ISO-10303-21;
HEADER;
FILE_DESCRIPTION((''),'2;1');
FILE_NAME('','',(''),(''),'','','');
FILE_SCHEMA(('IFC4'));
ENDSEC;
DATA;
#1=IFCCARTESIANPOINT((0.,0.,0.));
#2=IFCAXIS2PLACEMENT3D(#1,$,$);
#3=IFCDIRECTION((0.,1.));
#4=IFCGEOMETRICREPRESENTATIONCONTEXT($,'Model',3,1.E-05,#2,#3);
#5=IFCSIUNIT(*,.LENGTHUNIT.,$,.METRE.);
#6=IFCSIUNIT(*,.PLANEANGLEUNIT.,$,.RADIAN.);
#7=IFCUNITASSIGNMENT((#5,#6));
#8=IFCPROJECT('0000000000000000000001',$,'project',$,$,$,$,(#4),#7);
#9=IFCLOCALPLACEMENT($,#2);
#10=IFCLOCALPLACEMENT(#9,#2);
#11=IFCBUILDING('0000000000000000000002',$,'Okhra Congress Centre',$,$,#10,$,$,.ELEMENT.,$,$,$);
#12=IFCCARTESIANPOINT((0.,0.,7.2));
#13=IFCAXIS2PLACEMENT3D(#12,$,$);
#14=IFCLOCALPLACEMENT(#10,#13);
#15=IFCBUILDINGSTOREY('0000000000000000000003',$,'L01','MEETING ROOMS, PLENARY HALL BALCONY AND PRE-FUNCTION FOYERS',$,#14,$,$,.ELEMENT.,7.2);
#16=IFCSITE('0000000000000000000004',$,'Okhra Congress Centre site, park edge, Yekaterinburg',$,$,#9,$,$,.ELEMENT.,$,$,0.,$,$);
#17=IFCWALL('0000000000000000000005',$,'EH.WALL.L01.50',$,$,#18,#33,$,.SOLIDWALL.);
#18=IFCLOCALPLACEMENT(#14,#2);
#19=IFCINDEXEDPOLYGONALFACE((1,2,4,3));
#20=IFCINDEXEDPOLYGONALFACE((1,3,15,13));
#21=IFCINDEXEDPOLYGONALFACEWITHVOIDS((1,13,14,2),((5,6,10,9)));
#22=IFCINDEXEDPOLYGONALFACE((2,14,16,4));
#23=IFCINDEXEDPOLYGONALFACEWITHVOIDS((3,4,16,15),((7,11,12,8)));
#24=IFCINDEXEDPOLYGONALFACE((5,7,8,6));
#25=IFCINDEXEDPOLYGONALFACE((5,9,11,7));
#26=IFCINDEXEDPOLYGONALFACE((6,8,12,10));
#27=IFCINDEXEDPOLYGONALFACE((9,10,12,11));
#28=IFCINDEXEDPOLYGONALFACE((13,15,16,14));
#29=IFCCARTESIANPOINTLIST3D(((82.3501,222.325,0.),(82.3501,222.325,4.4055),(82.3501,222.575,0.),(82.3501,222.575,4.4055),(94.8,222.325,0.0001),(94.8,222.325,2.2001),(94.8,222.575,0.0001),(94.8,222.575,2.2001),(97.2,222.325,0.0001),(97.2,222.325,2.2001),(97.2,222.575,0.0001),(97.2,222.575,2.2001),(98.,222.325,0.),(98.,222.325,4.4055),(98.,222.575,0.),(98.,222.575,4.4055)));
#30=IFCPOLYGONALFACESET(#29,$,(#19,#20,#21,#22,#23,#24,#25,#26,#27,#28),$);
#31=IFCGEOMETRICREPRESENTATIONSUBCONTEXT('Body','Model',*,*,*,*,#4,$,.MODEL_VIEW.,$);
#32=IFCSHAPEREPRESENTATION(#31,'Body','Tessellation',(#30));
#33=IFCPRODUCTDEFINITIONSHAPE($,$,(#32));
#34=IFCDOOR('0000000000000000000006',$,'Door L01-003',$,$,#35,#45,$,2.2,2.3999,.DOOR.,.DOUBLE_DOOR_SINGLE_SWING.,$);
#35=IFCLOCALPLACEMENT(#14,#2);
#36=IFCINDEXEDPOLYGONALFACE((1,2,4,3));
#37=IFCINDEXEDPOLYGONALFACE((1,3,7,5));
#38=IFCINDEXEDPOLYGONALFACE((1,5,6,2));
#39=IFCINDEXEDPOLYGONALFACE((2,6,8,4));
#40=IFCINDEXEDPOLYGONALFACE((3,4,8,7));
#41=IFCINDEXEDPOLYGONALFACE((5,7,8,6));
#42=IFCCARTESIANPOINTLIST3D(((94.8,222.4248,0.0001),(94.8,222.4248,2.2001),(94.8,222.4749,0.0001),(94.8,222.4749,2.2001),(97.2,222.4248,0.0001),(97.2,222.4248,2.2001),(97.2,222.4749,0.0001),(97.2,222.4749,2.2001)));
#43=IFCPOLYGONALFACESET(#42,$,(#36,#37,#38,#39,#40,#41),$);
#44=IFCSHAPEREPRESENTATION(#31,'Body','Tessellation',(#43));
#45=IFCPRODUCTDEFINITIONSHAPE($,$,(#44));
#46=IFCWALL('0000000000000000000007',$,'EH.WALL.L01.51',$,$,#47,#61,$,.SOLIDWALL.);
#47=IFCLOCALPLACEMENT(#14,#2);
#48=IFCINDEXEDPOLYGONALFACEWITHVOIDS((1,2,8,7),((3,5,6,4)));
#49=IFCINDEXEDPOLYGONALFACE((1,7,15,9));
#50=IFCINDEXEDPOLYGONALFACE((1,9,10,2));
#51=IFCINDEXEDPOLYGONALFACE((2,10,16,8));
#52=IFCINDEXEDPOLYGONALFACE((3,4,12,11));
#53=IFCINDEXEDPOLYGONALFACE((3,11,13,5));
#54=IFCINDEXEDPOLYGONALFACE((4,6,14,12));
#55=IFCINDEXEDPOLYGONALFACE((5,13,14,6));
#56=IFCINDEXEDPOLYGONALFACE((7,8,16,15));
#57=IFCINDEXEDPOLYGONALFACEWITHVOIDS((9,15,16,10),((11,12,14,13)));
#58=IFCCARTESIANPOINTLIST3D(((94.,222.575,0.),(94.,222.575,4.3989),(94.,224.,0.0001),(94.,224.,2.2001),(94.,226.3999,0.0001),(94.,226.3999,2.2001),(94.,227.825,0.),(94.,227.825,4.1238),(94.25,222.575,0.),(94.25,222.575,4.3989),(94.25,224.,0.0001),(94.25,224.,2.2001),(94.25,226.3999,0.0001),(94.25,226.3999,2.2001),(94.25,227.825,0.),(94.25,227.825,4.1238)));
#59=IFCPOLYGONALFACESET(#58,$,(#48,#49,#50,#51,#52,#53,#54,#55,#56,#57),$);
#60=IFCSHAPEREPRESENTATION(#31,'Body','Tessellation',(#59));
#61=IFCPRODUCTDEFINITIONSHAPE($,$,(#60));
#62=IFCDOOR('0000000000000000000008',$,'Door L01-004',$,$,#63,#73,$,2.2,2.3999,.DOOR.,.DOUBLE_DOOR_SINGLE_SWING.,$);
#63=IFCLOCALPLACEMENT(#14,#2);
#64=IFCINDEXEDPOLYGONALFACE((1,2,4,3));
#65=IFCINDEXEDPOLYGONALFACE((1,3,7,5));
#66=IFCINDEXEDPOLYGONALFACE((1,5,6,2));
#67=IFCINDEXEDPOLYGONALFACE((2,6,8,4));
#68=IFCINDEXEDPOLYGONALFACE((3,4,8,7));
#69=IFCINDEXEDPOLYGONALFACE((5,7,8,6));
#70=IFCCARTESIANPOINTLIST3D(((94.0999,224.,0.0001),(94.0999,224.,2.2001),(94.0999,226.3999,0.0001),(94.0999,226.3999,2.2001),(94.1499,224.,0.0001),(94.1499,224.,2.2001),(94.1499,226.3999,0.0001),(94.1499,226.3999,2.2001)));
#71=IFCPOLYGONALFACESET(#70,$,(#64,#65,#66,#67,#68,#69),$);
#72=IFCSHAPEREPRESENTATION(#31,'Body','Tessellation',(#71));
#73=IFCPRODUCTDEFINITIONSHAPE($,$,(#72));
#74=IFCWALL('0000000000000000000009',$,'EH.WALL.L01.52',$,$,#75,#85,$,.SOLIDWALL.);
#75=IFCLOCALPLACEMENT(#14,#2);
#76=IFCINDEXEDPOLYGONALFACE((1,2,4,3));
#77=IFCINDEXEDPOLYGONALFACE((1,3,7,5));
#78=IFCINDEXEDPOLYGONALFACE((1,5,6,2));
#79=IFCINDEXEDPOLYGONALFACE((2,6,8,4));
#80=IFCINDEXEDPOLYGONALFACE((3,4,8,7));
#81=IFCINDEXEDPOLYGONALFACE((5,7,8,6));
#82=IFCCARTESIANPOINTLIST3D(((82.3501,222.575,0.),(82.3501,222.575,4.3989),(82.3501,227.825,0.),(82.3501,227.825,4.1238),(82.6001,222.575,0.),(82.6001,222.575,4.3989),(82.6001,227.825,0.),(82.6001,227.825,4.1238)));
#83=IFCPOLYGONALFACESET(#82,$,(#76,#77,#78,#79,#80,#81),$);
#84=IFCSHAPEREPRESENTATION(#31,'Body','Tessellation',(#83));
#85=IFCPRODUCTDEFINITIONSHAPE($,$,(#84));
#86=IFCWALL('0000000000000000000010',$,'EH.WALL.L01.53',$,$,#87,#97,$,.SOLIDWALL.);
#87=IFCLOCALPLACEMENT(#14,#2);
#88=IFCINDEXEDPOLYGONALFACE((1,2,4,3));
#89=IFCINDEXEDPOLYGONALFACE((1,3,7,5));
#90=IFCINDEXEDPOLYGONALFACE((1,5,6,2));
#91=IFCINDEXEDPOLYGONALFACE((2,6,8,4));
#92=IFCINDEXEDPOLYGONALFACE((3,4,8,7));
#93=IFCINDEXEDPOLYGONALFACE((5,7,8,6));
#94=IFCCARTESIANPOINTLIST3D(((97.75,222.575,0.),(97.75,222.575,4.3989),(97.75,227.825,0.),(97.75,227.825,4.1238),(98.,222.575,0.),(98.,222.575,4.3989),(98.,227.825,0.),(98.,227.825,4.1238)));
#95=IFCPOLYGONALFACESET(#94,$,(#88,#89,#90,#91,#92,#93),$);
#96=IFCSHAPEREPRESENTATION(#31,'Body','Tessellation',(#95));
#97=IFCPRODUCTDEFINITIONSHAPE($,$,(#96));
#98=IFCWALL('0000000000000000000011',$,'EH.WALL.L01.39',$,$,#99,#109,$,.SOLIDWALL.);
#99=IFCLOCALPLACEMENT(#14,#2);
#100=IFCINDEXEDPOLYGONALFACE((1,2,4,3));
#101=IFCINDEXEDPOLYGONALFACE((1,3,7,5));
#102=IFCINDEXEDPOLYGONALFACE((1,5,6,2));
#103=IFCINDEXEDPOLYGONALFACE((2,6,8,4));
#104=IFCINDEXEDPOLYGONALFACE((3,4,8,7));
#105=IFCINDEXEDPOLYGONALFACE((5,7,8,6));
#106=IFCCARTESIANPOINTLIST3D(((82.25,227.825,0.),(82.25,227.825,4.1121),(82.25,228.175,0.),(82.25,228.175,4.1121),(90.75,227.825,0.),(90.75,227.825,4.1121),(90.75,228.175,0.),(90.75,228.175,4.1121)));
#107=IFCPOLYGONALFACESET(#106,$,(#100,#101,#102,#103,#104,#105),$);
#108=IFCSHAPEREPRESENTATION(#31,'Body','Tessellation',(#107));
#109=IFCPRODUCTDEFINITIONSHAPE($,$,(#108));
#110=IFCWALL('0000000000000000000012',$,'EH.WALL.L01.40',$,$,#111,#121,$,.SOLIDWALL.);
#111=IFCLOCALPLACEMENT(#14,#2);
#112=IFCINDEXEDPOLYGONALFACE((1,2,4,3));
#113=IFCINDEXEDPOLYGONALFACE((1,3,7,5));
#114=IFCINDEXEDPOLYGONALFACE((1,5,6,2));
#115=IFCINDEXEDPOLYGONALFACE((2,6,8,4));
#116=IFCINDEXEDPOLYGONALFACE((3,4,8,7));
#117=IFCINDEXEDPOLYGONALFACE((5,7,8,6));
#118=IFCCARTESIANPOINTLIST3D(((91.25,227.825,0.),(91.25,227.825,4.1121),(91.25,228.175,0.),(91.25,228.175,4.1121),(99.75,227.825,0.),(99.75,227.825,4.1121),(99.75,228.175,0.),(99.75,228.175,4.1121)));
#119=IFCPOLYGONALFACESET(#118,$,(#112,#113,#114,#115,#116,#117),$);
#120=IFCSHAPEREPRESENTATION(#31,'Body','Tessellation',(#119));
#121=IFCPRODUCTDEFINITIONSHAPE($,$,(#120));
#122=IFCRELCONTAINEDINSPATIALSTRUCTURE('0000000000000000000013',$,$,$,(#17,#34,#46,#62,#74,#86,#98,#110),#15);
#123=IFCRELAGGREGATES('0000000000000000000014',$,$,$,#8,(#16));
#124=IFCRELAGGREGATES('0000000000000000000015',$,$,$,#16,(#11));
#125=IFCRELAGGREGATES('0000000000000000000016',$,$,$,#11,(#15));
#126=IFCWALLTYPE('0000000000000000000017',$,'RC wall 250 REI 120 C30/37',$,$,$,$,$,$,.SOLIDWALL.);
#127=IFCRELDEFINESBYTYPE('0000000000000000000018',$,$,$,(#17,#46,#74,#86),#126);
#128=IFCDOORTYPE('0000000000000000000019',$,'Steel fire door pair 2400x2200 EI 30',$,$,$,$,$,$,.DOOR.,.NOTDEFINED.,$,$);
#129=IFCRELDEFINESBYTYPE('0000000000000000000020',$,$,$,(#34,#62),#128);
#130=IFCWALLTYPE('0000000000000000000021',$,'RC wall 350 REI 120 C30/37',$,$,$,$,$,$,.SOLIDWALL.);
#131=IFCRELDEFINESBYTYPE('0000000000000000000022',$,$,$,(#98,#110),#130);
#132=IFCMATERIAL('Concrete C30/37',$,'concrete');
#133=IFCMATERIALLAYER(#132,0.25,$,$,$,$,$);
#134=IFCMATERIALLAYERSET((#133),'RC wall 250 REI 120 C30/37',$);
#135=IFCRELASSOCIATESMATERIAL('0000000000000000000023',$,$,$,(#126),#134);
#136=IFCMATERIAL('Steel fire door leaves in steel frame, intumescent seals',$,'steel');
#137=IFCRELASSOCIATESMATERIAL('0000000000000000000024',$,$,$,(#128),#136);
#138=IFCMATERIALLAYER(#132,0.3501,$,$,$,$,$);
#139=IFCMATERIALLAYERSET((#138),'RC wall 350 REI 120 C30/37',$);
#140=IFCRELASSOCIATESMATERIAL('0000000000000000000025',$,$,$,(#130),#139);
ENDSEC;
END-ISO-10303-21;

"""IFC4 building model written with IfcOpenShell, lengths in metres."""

from ifc_helpers import new_model, si_unit, direction, frame, frame_2d, origin, place, context, subcontext, project, spatial, polyline, rectangle, outline, extrude, material, layer, layer_set, type_object, element, fill, save


model = new_model("IFC4")

# Units and contexts
model_context = context("Model", 3, precision=1e-05, world=origin(), true_north=direction((0.0, 1.0)))
body_context = subcontext(model_context, "Body", "Model", "MODEL_VIEW")
ifc_project = project(units=[si_unit("LENGTHUNIT", "METRE"), si_unit("PLANEANGLEUNIT", "RADIAN")], contexts=[model_context])

# Site, building, storey
site_placement = place(None, origin())
site = spatial("IfcSite", under=ifc_project, at=site_placement, Name="Okhra Congress Centre site, park edge, Yekaterinburg", CompositionType="ELEMENT", RefElevation=0.0)
building_placement = place(site_placement, origin())
building = spatial("IfcBuilding", under=site, at=building_placement, Name="Okhra Congress Centre", CompositionType="ELEMENT")
storey_placement = place(building_placement, frame((0.0, 0.0, 7.2)))
storey = spatial("IfcBuildingStorey", under=building, at=storey_placement, Name="L01", Description="MEETING ROOMS, PLENARY HALL BALCONY AND PRE-FUNCTION FOYERS", CompositionType="ELEMENT", Elevation=7.2)

# Shared definitions
ifc_material_1 = material(Name="Concrete C30/37", Category="concrete")

# Walls, openings, doors
ifc_layer_1 = layer(ifc_material_1, 0.25)
ifc_layer_set_1 = layer_set([ifc_layer_1], Name="RC wall 250 REI 120 C30/37")
wall_type_1 = type_object("IfcWallType", Name="RC wall 250 REI 120 C30/37", PredefinedType="SOLIDWALL", material=ifc_layer_set_1)
wall_1_placement = place(storey_placement, frame((82.3501, 222.45, 0.0), z_axis=(0.0, 0.0, 1.0), x_axis=(1.0, 0.0, 0.0)))
wall_1 = element("IfcWall", 1, at=wall_1_placement, inside=storey, type_object=wall_type_1, Name="EH.WALL.L01.50", PredefinedType="SOLIDWALL", context=body_context, shape_type="SweptSolid", body=[
    extrude(rectangle(XDim=15.6499, YDim=0.25, at=frame_2d((7.825, 0.0))), origin(), (0.0, 0.0, 1.0), 4.4055),
])
opening_1_placement = place(wall_1_placement, frame((12.45, 0.0, 0.0)))
opening_1 = element("IfcOpeningElement", 2, at=opening_1_placement, cuts=wall_1, PredefinedType="OPENING", context=body_context, shape_type="SweptSolid", body=[
    extrude(rectangle(XDim=2.3999, YDim=2.2, at=frame_2d((1.2, 1.1001))), frame((0.0, 0.135, 0.0), z_axis=(0.0, -1.0, 0.0), x_axis=(1.0, 0.0, 0.0)), (0.0, 0.0, 1.0), 0.27),
])
ifc_material_2 = material(Name="Steel fire door leaves in steel frame, intumescent seals", Category="steel")
door_type_1 = type_object("IfcDoorType", Name="Steel fire door pair 2400x2200 EI 30", OperationType="NOTDEFINED", PredefinedType="DOOR", material=ifc_material_2)
door_1_placement = place(opening_1_placement, origin())
door_1 = element("IfcDoor", 3, at=door_1_placement, inside=storey, type_object=door_type_1, Name="Door L01-003", OperationType="DOUBLE_DOOR_SINGLE_SWING", OverallHeight=2.2, OverallWidth=2.3999, PredefinedType="DOOR", context=body_context, shape_type="SweptSolid", body=[
    extrude(rectangle(XDim=2.3999, YDim=2.2, at=frame_2d((1.2, 1.1001))), frame((0.0, 0.0249, 0.0), z_axis=(0.0, -1.0, 0.0), x_axis=(1.0, 0.0, 0.0)), (0.0, 0.0, 1.0), 0.05),
])
fill(opening_1, door_1)
wall_2_placement = place(storey_placement, frame((94.125, 222.575, 0.0), z_axis=(0.0, 0.0, 1.0), x_axis=(0.0, 1.0, 0.0)))
wall_2 = element("IfcWall", 4, at=wall_2_placement, inside=storey, type_object=wall_type_1, Name="EH.WALL.L01.51", PredefinedType="SOLIDWALL", context=body_context, shape_type="SweptSolid", body=[
    extrude(outline(polyline([(0.0, 0.0), (5.25, 0.0), (5.25, 4.1238), (0.0, 4.3989), (0.0, 0.0)])), frame((0.0, 0.125, 0.0), z_axis=(0.0, -1.0, 0.0), x_axis=(1.0, 0.0, 0.0)), (0.0, 0.0, 1.0), 0.25),
])
opening_2_placement = place(wall_2_placement, frame((1.425, 0.0, 0.0)))
opening_2 = element("IfcOpeningElement", 5, at=opening_2_placement, cuts=wall_2, PredefinedType="OPENING", context=body_context, shape_type="SweptSolid", body=[
    extrude(rectangle(XDim=2.3999, YDim=2.2, at=frame_2d((1.2, 1.1001))), frame((0.0, 0.135, 0.0), z_axis=(0.0, -1.0, 0.0), x_axis=(1.0, 0.0, 0.0)), (0.0, 0.0, 1.0), 0.27),
])
door_2_placement = place(opening_2_placement, frame((2.3999, 0.0, 0.0), z_axis=(0.0, 0.0, 1.0), x_axis=(-1.0, 0.0, 0.0)))
door_2 = element("IfcDoor", 6, at=door_2_placement, inside=storey, type_object=door_type_1, Name="Door L01-004", OperationType="DOUBLE_DOOR_SINGLE_SWING", OverallHeight=2.2, OverallWidth=2.3999, PredefinedType="DOOR", context=body_context, shape_type="SweptSolid", body=[
    extrude(rectangle(XDim=2.3999, YDim=2.2, at=frame_2d((1.2, 1.1001))), frame((0.0, 0.0249, 0.0), z_axis=(0.0, -1.0, 0.0), x_axis=(1.0, 0.0, 0.0)), (0.0, 0.0, 1.0), 0.05),
])
fill(opening_2, door_2)

# Walls
for number, where, z_axis, x_axis, name in (
    (7, (82.4751, 222.575, 0.0), (0.0, 0.0, 1.0), (0.0, 1.0, 0.0), "EH.WALL.L01.52"),
    (8, (97.875, 222.575, 0.0), (0.0, 0.0, 1.0), (0.0, 1.0, 0.0), "EH.WALL.L01.53"),
):
    element("IfcWall", number, at=place(storey_placement, frame(where, z_axis=z_axis, x_axis=x_axis)), inside=storey, type_object=wall_type_1, Name=name, PredefinedType="SOLIDWALL", context=body_context, shape_type="SweptSolid", body=[
        extrude(outline(polyline([(0.0, 0.0), (5.25, 0.0), (5.25, 4.1238), (0.0, 4.3989), (0.0, 0.0)])), frame((0.0, 0.125, 0.0), z_axis=(0.0, -1.0, 0.0), x_axis=(1.0, 0.0, 0.0)), (0.0, 0.0, 1.0), 0.25),
    ])
ifc_layer_2 = layer(ifc_material_1, 0.3501)
ifc_layer_set_2 = layer_set([ifc_layer_2], Name="RC wall 350 REI 120 C30/37")
wall_type_2 = type_object("IfcWallType", Name="RC wall 350 REI 120 C30/37", PredefinedType="SOLIDWALL", material=ifc_layer_set_2)
for number, where, z_axis, x_axis, name in (
    (9, (82.25, 228.0, 0.0), (0.0, 0.0, 1.0), (1.0, 0.0, 0.0), "EH.WALL.L01.39"),
    (10, (91.25, 228.0, 0.0), (0.0, 0.0, 1.0), (1.0, 0.0, 0.0), "EH.WALL.L01.40"),
):
    element("IfcWall", number, at=place(storey_placement, frame(where, z_axis=z_axis, x_axis=x_axis)), inside=storey, type_object=wall_type_2, Name=name, PredefinedType="SOLIDWALL", context=body_context, shape_type="SweptSolid", body=[
        extrude(rectangle(XDim=8.5, YDim=0.3501, at=frame_2d((4.25, 0.0))), origin(), (0.0, 0.0, 1.0), 4.1121),
    ])

save(model, "model.ifc")
